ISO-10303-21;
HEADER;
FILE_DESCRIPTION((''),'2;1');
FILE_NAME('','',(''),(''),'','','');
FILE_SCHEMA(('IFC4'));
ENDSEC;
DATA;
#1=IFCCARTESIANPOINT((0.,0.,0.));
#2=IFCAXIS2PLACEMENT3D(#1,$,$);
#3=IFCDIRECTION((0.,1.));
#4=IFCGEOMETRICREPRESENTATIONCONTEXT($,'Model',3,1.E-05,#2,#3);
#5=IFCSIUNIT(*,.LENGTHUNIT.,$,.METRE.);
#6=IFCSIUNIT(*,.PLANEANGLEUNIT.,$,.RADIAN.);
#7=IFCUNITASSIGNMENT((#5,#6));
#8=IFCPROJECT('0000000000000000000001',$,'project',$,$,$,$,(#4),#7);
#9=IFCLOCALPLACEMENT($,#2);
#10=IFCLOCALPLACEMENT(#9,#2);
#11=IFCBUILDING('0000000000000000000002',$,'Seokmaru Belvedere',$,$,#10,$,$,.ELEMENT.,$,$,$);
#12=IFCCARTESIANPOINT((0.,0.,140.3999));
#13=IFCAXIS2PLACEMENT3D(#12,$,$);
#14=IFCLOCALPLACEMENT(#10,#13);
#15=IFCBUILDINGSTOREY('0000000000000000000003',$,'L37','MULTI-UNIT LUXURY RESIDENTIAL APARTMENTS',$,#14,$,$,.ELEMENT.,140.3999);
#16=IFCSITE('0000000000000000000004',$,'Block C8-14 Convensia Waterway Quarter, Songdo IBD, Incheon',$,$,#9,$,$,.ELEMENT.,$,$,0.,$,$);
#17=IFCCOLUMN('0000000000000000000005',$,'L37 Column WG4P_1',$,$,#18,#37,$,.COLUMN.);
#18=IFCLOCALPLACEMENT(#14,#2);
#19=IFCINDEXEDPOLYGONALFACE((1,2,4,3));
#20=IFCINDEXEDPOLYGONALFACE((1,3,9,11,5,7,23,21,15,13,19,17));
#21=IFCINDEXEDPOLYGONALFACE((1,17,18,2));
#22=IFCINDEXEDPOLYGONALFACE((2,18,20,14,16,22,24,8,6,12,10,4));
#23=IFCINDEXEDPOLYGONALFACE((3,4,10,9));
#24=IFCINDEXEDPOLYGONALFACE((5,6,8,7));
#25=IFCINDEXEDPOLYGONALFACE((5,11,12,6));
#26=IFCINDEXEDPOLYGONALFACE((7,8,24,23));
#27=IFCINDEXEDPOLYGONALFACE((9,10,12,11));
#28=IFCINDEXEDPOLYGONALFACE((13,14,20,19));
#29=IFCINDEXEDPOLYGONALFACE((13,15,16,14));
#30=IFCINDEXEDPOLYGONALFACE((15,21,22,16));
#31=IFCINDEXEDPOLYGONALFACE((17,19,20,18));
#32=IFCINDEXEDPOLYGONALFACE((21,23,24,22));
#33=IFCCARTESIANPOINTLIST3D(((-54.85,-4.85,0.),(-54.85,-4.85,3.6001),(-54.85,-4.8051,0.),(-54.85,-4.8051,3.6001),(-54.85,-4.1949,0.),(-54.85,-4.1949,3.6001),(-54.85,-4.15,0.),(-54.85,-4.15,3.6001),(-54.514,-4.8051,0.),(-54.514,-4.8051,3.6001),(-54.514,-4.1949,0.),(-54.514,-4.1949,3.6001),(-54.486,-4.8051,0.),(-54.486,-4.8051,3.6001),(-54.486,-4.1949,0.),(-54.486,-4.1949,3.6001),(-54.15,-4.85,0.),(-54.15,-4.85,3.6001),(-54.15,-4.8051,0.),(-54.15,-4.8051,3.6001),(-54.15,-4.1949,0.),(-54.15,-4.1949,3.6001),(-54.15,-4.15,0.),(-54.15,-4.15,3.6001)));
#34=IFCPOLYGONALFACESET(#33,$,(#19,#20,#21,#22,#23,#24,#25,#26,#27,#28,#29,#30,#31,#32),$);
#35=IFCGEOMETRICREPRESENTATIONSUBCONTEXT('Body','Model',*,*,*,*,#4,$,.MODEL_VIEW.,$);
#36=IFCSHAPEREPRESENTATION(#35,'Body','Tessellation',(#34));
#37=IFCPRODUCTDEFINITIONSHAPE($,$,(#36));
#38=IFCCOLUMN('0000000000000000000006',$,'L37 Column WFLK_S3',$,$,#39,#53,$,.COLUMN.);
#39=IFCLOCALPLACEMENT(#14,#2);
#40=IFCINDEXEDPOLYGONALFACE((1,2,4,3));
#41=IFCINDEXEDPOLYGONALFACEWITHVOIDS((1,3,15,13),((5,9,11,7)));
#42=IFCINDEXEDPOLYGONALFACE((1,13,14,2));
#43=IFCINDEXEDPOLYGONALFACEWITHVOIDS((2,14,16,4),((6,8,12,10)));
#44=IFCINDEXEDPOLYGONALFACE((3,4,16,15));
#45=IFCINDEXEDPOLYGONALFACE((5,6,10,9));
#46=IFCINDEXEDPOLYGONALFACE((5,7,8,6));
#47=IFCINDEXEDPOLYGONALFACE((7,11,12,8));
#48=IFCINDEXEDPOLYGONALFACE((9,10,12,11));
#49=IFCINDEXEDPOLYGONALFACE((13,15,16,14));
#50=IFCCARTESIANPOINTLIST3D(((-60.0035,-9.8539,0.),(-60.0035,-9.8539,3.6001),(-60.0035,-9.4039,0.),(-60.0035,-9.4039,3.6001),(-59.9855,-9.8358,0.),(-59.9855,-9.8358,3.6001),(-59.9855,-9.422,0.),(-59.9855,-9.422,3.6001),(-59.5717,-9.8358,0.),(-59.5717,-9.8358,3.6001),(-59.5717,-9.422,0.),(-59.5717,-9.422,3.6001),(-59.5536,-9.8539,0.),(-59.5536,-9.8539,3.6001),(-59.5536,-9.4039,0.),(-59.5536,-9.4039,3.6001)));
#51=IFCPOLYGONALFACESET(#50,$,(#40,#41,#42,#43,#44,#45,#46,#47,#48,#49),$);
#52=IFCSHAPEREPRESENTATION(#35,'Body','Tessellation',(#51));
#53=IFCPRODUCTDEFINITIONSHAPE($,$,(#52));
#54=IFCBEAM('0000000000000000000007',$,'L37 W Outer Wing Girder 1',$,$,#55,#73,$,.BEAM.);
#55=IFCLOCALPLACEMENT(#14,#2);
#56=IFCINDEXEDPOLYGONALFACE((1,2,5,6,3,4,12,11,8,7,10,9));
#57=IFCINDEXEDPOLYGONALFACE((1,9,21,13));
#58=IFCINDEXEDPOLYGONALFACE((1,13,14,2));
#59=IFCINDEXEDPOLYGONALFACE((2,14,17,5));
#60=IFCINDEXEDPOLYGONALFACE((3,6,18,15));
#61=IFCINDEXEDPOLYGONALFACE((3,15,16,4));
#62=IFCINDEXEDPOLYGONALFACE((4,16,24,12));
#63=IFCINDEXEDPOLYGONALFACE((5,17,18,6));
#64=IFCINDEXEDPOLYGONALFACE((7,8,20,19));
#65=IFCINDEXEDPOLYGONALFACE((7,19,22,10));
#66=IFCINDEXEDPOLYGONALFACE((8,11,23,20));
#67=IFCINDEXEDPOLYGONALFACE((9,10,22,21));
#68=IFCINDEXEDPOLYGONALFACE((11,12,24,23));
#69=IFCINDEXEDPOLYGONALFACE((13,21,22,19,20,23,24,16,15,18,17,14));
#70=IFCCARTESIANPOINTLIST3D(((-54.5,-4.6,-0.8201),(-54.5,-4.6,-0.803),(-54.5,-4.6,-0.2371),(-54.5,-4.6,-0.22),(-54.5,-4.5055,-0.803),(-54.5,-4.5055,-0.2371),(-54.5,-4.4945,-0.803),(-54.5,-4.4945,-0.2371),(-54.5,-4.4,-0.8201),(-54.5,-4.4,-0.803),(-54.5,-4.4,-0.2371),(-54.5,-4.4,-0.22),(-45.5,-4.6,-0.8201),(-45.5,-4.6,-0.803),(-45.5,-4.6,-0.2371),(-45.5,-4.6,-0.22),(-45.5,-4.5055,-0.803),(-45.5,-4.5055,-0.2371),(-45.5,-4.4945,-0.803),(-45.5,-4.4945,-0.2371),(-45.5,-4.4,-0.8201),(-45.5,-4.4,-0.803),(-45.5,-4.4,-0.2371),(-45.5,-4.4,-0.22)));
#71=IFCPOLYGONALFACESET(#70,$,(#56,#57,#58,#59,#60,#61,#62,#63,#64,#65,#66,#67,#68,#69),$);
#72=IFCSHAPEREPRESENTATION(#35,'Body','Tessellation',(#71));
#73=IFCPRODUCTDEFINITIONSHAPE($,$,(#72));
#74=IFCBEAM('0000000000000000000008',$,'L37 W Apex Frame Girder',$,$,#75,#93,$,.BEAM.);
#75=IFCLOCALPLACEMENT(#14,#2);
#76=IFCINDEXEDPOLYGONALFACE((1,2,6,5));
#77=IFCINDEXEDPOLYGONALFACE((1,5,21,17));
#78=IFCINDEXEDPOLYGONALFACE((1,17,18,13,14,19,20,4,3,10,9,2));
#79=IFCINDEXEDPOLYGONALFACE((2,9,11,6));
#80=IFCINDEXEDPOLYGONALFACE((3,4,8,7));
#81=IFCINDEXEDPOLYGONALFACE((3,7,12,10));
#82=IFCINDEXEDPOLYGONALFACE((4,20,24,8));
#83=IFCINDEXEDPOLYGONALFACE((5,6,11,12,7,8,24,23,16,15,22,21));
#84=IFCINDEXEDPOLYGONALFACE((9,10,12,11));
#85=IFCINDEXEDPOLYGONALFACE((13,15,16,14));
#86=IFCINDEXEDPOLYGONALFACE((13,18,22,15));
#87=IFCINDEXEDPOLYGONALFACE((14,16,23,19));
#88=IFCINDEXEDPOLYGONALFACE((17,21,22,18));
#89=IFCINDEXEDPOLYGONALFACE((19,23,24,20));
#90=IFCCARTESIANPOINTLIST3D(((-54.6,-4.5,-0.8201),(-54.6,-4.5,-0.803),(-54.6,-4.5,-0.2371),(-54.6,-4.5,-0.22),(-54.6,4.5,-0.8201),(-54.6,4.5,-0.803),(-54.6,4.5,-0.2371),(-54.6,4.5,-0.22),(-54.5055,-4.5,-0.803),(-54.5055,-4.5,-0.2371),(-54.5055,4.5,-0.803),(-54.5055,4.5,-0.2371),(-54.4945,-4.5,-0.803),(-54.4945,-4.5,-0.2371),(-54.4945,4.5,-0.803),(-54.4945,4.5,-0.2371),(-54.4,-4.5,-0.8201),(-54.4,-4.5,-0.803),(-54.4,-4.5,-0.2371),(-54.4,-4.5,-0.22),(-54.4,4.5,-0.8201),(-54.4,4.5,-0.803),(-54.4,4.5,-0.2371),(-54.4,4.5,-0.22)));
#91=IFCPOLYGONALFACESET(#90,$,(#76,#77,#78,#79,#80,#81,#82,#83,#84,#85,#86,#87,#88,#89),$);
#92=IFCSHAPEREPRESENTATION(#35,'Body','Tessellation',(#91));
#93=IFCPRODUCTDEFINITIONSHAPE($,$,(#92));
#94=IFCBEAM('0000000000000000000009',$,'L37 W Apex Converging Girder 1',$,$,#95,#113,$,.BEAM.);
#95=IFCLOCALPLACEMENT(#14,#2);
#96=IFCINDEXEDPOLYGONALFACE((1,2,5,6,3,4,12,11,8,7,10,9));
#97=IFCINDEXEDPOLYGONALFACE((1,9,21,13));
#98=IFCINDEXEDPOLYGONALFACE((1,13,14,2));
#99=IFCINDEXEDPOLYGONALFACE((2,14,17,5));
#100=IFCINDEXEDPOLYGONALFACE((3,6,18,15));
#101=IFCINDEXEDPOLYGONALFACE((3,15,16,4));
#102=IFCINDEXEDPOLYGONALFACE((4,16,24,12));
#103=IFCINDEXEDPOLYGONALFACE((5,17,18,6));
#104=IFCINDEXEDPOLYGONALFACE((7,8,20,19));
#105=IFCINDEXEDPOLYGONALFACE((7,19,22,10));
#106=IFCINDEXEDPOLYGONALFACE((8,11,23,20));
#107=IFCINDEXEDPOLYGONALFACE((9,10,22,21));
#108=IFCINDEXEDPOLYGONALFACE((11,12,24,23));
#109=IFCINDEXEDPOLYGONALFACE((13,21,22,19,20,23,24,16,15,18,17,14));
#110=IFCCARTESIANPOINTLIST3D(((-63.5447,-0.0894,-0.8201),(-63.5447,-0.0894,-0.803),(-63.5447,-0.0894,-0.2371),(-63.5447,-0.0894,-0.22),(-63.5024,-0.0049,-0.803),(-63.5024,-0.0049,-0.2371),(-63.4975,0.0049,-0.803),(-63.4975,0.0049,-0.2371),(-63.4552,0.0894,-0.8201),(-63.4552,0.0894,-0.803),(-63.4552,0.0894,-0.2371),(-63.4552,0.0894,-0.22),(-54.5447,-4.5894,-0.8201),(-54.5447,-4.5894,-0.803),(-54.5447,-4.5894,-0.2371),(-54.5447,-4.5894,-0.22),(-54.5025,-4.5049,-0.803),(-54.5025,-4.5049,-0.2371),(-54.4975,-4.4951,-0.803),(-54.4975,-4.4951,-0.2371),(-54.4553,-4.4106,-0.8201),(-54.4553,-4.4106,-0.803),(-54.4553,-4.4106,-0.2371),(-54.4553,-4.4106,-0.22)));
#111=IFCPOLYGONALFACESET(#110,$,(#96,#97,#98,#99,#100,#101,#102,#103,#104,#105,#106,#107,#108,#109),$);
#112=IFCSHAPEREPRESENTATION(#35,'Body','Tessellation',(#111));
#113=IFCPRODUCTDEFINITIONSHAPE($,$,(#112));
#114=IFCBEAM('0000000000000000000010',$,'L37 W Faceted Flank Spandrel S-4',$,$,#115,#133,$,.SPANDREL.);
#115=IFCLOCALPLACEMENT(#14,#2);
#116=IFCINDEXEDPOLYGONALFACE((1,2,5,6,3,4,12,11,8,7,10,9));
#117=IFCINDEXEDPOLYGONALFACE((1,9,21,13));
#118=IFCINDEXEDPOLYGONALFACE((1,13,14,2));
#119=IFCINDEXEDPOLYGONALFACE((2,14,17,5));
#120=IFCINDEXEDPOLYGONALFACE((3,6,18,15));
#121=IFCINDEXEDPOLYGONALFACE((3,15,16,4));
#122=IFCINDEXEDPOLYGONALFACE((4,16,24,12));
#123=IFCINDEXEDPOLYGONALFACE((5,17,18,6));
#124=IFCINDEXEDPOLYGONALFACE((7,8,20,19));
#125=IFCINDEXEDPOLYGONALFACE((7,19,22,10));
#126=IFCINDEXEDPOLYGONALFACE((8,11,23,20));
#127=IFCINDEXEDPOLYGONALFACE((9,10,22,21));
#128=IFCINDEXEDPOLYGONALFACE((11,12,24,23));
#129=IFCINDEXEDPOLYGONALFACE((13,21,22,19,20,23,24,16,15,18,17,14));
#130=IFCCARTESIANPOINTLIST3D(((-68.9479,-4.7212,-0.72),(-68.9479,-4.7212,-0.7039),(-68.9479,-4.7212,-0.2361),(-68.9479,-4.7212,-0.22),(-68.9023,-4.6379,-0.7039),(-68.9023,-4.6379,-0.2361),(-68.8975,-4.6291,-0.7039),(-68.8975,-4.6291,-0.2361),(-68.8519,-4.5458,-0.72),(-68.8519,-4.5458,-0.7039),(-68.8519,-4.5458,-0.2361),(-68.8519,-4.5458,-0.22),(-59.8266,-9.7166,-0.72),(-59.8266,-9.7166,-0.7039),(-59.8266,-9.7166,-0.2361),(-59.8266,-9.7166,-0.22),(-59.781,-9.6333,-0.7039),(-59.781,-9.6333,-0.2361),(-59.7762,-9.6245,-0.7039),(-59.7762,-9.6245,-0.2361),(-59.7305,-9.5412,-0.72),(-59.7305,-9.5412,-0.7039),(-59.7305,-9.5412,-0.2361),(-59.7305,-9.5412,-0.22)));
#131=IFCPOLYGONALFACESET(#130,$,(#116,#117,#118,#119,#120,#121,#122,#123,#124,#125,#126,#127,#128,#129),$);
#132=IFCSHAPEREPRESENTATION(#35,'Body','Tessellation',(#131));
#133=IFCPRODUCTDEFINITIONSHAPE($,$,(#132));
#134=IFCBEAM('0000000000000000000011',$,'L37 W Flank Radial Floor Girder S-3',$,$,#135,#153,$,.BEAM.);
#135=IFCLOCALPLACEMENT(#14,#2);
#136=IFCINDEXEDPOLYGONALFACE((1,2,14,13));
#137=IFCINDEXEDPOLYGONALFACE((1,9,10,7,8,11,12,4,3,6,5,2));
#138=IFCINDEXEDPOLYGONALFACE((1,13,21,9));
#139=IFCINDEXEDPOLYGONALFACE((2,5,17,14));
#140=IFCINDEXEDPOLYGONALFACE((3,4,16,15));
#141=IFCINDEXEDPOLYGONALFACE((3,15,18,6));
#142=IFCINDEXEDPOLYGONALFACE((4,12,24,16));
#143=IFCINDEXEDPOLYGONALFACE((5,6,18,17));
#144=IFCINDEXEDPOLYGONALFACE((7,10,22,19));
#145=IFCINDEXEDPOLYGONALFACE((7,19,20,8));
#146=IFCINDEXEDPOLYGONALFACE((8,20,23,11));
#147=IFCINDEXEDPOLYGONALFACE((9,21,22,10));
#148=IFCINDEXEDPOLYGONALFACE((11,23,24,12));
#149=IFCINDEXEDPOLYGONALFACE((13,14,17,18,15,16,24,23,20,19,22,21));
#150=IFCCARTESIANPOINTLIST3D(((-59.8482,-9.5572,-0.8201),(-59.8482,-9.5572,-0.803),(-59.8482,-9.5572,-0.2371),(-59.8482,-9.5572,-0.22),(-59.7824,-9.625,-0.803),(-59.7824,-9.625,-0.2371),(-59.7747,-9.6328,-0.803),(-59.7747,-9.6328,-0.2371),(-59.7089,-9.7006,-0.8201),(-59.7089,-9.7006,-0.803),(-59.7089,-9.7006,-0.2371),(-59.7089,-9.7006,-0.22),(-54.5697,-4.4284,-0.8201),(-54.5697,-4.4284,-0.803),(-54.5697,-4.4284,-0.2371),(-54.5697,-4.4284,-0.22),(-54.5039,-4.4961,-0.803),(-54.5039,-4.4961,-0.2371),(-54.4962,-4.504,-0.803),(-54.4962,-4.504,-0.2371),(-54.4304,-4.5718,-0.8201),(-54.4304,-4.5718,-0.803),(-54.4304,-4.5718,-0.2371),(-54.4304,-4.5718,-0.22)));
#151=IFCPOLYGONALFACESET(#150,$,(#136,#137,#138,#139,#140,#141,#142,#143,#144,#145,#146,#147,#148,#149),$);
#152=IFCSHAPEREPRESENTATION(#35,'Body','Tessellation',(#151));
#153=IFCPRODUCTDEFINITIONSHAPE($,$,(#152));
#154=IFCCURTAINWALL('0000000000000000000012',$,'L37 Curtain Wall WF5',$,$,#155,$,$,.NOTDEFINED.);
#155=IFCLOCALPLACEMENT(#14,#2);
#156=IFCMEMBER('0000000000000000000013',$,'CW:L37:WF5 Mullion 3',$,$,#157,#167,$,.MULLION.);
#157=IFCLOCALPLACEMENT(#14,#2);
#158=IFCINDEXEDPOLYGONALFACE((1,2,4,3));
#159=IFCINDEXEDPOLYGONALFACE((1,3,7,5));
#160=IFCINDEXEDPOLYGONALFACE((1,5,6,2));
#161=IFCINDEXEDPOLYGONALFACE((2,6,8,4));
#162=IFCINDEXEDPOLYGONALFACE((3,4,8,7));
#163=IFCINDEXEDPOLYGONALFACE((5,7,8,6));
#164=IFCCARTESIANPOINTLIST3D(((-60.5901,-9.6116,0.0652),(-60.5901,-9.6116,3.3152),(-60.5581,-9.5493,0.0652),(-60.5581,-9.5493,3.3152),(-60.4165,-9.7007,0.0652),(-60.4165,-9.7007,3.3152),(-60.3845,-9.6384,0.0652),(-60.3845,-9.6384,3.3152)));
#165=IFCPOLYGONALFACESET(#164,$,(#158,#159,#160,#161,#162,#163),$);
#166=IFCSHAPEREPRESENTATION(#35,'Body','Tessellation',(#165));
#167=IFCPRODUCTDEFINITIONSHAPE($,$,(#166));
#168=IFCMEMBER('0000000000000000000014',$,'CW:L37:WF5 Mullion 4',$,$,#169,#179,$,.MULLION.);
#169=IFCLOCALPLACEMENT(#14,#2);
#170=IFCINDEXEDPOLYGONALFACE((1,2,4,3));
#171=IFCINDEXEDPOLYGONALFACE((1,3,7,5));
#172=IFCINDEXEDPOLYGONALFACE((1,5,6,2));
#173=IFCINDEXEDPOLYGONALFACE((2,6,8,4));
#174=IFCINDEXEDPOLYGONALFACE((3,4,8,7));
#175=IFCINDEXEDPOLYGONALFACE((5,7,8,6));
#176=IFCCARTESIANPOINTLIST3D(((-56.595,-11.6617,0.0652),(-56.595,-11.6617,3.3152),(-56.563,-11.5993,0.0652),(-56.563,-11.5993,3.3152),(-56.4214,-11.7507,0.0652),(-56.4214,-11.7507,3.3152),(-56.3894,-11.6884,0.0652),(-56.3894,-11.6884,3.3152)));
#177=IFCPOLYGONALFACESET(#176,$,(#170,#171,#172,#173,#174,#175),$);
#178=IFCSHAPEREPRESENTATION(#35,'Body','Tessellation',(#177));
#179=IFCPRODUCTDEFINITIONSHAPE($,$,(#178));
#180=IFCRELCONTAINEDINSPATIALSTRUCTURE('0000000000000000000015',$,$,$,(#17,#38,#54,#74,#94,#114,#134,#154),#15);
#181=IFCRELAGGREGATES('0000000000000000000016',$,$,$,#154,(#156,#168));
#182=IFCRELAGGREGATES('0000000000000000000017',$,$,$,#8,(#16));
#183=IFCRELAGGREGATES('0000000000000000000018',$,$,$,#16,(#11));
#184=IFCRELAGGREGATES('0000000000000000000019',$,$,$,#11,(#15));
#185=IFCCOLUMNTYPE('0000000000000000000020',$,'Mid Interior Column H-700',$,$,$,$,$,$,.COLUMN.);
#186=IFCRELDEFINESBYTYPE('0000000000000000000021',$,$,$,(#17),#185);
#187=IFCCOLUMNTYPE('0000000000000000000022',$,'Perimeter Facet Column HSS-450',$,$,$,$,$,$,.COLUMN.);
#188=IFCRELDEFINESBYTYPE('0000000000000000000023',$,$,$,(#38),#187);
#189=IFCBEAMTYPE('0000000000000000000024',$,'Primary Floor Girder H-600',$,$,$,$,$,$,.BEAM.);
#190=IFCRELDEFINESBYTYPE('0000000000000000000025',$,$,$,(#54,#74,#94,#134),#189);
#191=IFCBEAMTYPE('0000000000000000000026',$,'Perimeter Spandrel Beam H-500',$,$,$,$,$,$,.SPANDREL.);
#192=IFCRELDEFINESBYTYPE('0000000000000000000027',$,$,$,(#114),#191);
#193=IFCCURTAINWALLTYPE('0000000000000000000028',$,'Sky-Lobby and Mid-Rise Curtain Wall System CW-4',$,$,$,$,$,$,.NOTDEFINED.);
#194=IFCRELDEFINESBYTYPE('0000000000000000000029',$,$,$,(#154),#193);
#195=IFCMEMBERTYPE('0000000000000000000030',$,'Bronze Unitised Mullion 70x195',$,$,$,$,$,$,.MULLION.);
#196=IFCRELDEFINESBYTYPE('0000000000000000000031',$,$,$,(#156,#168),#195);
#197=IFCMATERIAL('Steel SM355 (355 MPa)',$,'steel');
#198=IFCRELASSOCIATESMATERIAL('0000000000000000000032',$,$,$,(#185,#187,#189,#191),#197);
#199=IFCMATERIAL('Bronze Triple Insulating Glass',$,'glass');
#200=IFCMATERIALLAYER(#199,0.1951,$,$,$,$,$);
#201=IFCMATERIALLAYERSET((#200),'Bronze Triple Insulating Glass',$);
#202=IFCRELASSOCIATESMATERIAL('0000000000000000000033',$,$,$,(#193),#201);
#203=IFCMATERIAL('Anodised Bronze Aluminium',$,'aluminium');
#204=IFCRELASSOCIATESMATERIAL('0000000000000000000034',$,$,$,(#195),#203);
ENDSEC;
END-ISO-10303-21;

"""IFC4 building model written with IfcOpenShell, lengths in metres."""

from ifc_helpers import new_model, si_unit, direction, frame, origin, origin_2d, place, context, subcontext, project, spatial, rectangle, hollow_rectangle, i_section, extrude, source, transform, mapped, material, layer, layer_set, material_profile, profile_set, type_object, type_shapes, element, aggregate, save


model = new_model("IFC4")

# Units and contexts
model_context = context("Model", 3, precision=1e-05, world=origin(), true_north=direction((0.0, 1.0)))
body_context = subcontext(model_context, "Body", "Model", "MODEL_VIEW")
ifc_project = project(units=[si_unit("LENGTHUNIT", "METRE"), si_unit("PLANEANGLEUNIT", "RADIAN")], contexts=[model_context])

# Site, building, storey
site_placement = place(None, origin())
site = spatial("IfcSite", under=ifc_project, at=site_placement, Name="Block C8-14 Convensia Waterway Quarter, Songdo IBD, Incheon", CompositionType="ELEMENT", RefElevation=0.0)
building_placement = place(site_placement, origin())
building = spatial("IfcBuilding", under=site, at=building_placement, Name="Seokmaru Belvedere", CompositionType="ELEMENT")
storey_placement = place(building_placement, frame((0.0, 0.0, 140.3999)))
storey = spatial("IfcBuildingStorey", under=building, at=storey_placement, Name="L37", Description="MULTI-UNIT LUXURY RESIDENTIAL APARTMENTS", CompositionType="ELEMENT", Elevation=140.3999)

# Columns
ifc_material_1 = material(Name="Steel SM355 (355 MPa)", Category="steel")
ifc_material_profile_1 = material_profile(ifc_material_1, i_section(OverallWidth=0.7, OverallDepth=0.7, WebThickness=0.0281, FlangeThickness=0.0449, at=origin_2d()), Name="H-700x700x28x45")
ifc_profile_set_1 = profile_set([ifc_material_profile_1], Name="Steel SM355 (355 MPa)")
column_type_1 = type_object("IfcColumnType", Name="Mid Interior Column H-700", PredefinedType="COLUMN", material=ifc_profile_set_1)
shared_shape_1 = source(origin(), body_context, "Body", "SweptSolid", [
    extrude(i_section(OverallWidth=0.7, OverallDepth=0.7, WebThickness=0.0281, FlangeThickness=0.0449, at=origin_2d()), origin(), (0.0, 0.0, 1.0), 3.6001),
])
type_shapes(column_type_1, [shared_shape_1])
column_1_placement = place(storey_placement, frame((-54.5, -4.5, 0.0), z_axis=(0.0, 0.0, 1.0), x_axis=(1.0, 0.0, 0.0)))
element("IfcColumn", 1, at=column_1_placement, inside=storey, type_object=column_type_1, Name="L37 Column WG4P_1", PredefinedType="COLUMN", context=body_context, shape_type="MappedRepresentation", body=[
    mapped(shared_shape_1, transform((0.0, 0.0, 0.0), scale=1.0)),
])
ifc_material_profile_2 = material_profile(ifc_material_1, hollow_rectangle(XDim=0.45, YDim=0.45, WallThickness=0.0181, at=origin_2d()), Name="HSS-450x450x18")
ifc_profile_set_2 = profile_set([ifc_material_profile_2], Name="Steel SM355 (355 MPa)")
column_type_2 = type_object("IfcColumnType", Name="Perimeter Facet Column HSS-450", PredefinedType="COLUMN", material=ifc_profile_set_2)
shared_shape_2 = source(origin(), body_context, "Body", "SweptSolid", [
    extrude(hollow_rectangle(XDim=0.45, YDim=0.45, WallThickness=0.0181, at=origin_2d()), origin(), (0.0, 0.0, 1.0), 3.6001),
])
type_shapes(column_type_2, [shared_shape_2])
column_2_placement = place(storey_placement, frame((-59.7786, -9.6289, 0.0), z_axis=(0.0, 0.0, 1.0), x_axis=(1.0, 0.0, 0.0)))
element("IfcColumn", 2, at=column_2_placement, inside=storey, type_object=column_type_2, Name="L37 Column WFLK_S3", PredefinedType="COLUMN", context=body_context, shape_type="MappedRepresentation", body=[
    mapped(shared_shape_2, transform((0.0, 0.0, 0.0), scale=1.0)),
])

# Beams
ifc_material_profile_3 = material_profile(ifc_material_1, i_section(OverallWidth=0.2, OverallDepth=0.6001, WebThickness=0.011, FlangeThickness=0.0171, at=origin_2d()), Name="H-600x200x11x17")
ifc_profile_set_3 = profile_set([ifc_material_profile_3], Name="Steel SM355 (355 MPa)")
beam_type_1 = type_object("IfcBeamType", Name="Primary Floor Girder H-600", PredefinedType="BEAM", material=ifc_profile_set_3)
shared_shape_3 = source(origin(), body_context, "Body", "SweptSolid", [
    extrude(i_section(OverallWidth=0.2, OverallDepth=0.6001, WebThickness=0.011, FlangeThickness=0.0171, at=origin_2d()), origin(), (0.0, 0.0, 1.0), 9.0),
])
for number, where, z_axis, x_axis, name in (
    (3, (-54.5, -4.5, -0.52), (1.0, 0.0, 0.0), (0.0, 1.0, 0.0), "L37 W Outer Wing Girder 1"),
    (4, (-54.5, -4.5, -0.52), (0.0, 1.0, 0.0), (-1.0, 0.0, 0.0), "L37 W Apex Frame Girder"),
):
    element("IfcBeam", number, at=place(storey_placement, frame(where, z_axis=z_axis, x_axis=x_axis)), inside=storey, type_object=beam_type_1, Name=name, PredefinedType="BEAM", context=body_context, shape_type="MappedRepresentation", body=[
        mapped(shared_shape_3, transform((0.0, 0.0, 0.0), scale=1.0)),
    ])
shared_shape_4 = source(origin(), body_context, "Body", "SweptSolid", [
    extrude(i_section(OverallWidth=0.2, OverallDepth=0.6001, WebThickness=0.011, FlangeThickness=0.0171, at=origin_2d()), origin(), (0.0, 0.0, 1.0), 10.0623),
])
beam_1_placement = place(storey_placement, frame((-54.5, -4.5, -0.52), z_axis=(-0.894427, 0.447214, 0.0), x_axis=(-0.447214, -0.894427, 0.0)))
element("IfcBeam", 5, at=beam_1_placement, inside=storey, type_object=beam_type_1, Name="L37 W Apex Converging Girder 1", PredefinedType="BEAM", context=body_context, shape_type="MappedRepresentation", body=[
    mapped(shared_shape_4, transform((0.0, 0.0, 0.0), scale=1.0)),
])
ifc_material_profile_4 = material_profile(ifc_material_1, i_section(OverallWidth=0.2, OverallDepth=0.5, WebThickness=0.01, FlangeThickness=0.0161, at=origin_2d()), Name="H-500x200x10x16")
ifc_profile_set_4 = profile_set([ifc_material_profile_4], Name="Steel SM355 (355 MPa)")
beam_type_2 = type_object("IfcBeamType", Name="Perimeter Spandrel Beam H-500", PredefinedType="SPANDREL", material=ifc_profile_set_4)
shared_shape_5 = source(origin(), body_context, "Body", "SweptSolid", [
    extrude(i_section(OverallWidth=0.2, OverallDepth=0.5, WebThickness=0.01, FlangeThickness=0.0161, at=origin_2d()), origin(), (0.0, 0.0, 1.0), 10.3997),
])
type_shapes(beam_type_2, [shared_shape_5])
beam_2_placement = place(storey_placement, frame((-59.7786, -9.6289, -0.47), z_axis=(-0.877082, 0.48034, 0.0), x_axis=(-0.48034, -0.877082, 0.0)))
element("IfcBeam", 6, at=beam_2_placement, inside=storey, type_object=beam_type_2, Name="L37 W Faceted Flank Spandrel S-4", PredefinedType="SPANDREL", context=body_context, shape_type="MappedRepresentation", body=[
    mapped(shared_shape_5, transform((0.0, 0.0, 0.0), scale=1.0)),
])
shared_shape_6 = source(origin(), body_context, "Body", "SweptSolid", [
    extrude(i_section(OverallWidth=0.2, OverallDepth=0.6001, WebThickness=0.011, FlangeThickness=0.0171, at=origin_2d()), origin(), (0.0, 0.0, 1.0), 7.3599),
])
type_shapes(beam_type_1, [shared_shape_3, shared_shape_4, shared_shape_6])
beam_3_placement = place(storey_placement, frame((-59.7786, -9.6289, -0.52), z_axis=(0.717201, 0.696867, 0.0), x_axis=(-0.696867, 0.717201, 0.0)))
element("IfcBeam", 7, at=beam_3_placement, inside=storey, type_object=beam_type_1, Name="L37 W Flank Radial Floor Girder S-3", PredefinedType="BEAM", context=body_context, shape_type="MappedRepresentation", body=[
    mapped(shared_shape_6, transform((0.0, 0.0, 0.0), scale=1.0)),
])

# Curtain wall, members
ifc_material_2 = material(Name="Bronze Triple Insulating Glass", Category="glass")
ifc_layer_1 = layer(ifc_material_2, 0.1951)
ifc_layer_set_1 = layer_set([ifc_layer_1], Name="Bronze Triple Insulating Glass")
curtain_wall_type = type_object("IfcCurtainWallType", Name="Sky-Lobby and Mid-Rise Curtain Wall System CW-4", PredefinedType="NOTDEFINED", material=ifc_layer_set_1)
curtain_wall_placement = place(storey_placement, origin())
curtain_wall = element("IfcCurtainWall", 8, at=curtain_wall_placement, inside=storey, type_object=curtain_wall_type, Name="L37 Curtain Wall WF5", PredefinedType="NOTDEFINED")
ifc_material_3 = material(Name="Anodised Bronze Aluminium", Category="aluminium")
ifc_material_profile_5 = material_profile(ifc_material_3, rectangle(XDim=0.0701, YDim=0.1951, at=origin_2d()), Name="CW-M-70x195")
ifc_profile_set_5 = profile_set([ifc_material_profile_5], Name="Anodised Bronze Aluminium")
member_type = type_object("IfcMemberType", Name="Bronze Unitised Mullion 70x195", PredefinedType="MULLION", material=ifc_profile_set_5)
shared_shape_7 = source(origin(), body_context, "Body", "SweptSolid", [
    extrude(rectangle(XDim=0.0701, YDim=0.1951, at=origin_2d()), origin(), (0.0, 0.0, 1.0), 3.25),
])
type_shapes(member_type, [shared_shape_7])
member_1_placement = place(storey_placement, frame((-60.4873, -9.625, 0.0652), z_axis=(0.0, 0.0, 1.0), x_axis=(0.456555, 0.889695, 0.0)))
member_1 = element("IfcMember", 9, at=member_1_placement, type_object=member_type, Name="CW:L37:WF5 Mullion 3", PredefinedType="MULLION", context=body_context, shape_type="MappedRepresentation", body=[
    mapped(shared_shape_7, transform((0.0, 0.0, 0.0), scale=1.0)),
])
member_2_placement = place(storey_placement, frame((-56.4922, -11.675, 0.0652), z_axis=(0.0, 0.0, 1.0), x_axis=(0.456555, 0.889695, 0.0)))
member_2 = element("IfcMember", 10, at=member_2_placement, type_object=member_type, Name="CW:L37:WF5 Mullion 4", PredefinedType="MULLION", context=body_context, shape_type="MappedRepresentation", body=[
    mapped(shared_shape_7, transform((0.0, 0.0, 0.0), scale=1.0)),
])
aggregate(curtain_wall, [member_1, member_2])

save(model, "model.ifc")
